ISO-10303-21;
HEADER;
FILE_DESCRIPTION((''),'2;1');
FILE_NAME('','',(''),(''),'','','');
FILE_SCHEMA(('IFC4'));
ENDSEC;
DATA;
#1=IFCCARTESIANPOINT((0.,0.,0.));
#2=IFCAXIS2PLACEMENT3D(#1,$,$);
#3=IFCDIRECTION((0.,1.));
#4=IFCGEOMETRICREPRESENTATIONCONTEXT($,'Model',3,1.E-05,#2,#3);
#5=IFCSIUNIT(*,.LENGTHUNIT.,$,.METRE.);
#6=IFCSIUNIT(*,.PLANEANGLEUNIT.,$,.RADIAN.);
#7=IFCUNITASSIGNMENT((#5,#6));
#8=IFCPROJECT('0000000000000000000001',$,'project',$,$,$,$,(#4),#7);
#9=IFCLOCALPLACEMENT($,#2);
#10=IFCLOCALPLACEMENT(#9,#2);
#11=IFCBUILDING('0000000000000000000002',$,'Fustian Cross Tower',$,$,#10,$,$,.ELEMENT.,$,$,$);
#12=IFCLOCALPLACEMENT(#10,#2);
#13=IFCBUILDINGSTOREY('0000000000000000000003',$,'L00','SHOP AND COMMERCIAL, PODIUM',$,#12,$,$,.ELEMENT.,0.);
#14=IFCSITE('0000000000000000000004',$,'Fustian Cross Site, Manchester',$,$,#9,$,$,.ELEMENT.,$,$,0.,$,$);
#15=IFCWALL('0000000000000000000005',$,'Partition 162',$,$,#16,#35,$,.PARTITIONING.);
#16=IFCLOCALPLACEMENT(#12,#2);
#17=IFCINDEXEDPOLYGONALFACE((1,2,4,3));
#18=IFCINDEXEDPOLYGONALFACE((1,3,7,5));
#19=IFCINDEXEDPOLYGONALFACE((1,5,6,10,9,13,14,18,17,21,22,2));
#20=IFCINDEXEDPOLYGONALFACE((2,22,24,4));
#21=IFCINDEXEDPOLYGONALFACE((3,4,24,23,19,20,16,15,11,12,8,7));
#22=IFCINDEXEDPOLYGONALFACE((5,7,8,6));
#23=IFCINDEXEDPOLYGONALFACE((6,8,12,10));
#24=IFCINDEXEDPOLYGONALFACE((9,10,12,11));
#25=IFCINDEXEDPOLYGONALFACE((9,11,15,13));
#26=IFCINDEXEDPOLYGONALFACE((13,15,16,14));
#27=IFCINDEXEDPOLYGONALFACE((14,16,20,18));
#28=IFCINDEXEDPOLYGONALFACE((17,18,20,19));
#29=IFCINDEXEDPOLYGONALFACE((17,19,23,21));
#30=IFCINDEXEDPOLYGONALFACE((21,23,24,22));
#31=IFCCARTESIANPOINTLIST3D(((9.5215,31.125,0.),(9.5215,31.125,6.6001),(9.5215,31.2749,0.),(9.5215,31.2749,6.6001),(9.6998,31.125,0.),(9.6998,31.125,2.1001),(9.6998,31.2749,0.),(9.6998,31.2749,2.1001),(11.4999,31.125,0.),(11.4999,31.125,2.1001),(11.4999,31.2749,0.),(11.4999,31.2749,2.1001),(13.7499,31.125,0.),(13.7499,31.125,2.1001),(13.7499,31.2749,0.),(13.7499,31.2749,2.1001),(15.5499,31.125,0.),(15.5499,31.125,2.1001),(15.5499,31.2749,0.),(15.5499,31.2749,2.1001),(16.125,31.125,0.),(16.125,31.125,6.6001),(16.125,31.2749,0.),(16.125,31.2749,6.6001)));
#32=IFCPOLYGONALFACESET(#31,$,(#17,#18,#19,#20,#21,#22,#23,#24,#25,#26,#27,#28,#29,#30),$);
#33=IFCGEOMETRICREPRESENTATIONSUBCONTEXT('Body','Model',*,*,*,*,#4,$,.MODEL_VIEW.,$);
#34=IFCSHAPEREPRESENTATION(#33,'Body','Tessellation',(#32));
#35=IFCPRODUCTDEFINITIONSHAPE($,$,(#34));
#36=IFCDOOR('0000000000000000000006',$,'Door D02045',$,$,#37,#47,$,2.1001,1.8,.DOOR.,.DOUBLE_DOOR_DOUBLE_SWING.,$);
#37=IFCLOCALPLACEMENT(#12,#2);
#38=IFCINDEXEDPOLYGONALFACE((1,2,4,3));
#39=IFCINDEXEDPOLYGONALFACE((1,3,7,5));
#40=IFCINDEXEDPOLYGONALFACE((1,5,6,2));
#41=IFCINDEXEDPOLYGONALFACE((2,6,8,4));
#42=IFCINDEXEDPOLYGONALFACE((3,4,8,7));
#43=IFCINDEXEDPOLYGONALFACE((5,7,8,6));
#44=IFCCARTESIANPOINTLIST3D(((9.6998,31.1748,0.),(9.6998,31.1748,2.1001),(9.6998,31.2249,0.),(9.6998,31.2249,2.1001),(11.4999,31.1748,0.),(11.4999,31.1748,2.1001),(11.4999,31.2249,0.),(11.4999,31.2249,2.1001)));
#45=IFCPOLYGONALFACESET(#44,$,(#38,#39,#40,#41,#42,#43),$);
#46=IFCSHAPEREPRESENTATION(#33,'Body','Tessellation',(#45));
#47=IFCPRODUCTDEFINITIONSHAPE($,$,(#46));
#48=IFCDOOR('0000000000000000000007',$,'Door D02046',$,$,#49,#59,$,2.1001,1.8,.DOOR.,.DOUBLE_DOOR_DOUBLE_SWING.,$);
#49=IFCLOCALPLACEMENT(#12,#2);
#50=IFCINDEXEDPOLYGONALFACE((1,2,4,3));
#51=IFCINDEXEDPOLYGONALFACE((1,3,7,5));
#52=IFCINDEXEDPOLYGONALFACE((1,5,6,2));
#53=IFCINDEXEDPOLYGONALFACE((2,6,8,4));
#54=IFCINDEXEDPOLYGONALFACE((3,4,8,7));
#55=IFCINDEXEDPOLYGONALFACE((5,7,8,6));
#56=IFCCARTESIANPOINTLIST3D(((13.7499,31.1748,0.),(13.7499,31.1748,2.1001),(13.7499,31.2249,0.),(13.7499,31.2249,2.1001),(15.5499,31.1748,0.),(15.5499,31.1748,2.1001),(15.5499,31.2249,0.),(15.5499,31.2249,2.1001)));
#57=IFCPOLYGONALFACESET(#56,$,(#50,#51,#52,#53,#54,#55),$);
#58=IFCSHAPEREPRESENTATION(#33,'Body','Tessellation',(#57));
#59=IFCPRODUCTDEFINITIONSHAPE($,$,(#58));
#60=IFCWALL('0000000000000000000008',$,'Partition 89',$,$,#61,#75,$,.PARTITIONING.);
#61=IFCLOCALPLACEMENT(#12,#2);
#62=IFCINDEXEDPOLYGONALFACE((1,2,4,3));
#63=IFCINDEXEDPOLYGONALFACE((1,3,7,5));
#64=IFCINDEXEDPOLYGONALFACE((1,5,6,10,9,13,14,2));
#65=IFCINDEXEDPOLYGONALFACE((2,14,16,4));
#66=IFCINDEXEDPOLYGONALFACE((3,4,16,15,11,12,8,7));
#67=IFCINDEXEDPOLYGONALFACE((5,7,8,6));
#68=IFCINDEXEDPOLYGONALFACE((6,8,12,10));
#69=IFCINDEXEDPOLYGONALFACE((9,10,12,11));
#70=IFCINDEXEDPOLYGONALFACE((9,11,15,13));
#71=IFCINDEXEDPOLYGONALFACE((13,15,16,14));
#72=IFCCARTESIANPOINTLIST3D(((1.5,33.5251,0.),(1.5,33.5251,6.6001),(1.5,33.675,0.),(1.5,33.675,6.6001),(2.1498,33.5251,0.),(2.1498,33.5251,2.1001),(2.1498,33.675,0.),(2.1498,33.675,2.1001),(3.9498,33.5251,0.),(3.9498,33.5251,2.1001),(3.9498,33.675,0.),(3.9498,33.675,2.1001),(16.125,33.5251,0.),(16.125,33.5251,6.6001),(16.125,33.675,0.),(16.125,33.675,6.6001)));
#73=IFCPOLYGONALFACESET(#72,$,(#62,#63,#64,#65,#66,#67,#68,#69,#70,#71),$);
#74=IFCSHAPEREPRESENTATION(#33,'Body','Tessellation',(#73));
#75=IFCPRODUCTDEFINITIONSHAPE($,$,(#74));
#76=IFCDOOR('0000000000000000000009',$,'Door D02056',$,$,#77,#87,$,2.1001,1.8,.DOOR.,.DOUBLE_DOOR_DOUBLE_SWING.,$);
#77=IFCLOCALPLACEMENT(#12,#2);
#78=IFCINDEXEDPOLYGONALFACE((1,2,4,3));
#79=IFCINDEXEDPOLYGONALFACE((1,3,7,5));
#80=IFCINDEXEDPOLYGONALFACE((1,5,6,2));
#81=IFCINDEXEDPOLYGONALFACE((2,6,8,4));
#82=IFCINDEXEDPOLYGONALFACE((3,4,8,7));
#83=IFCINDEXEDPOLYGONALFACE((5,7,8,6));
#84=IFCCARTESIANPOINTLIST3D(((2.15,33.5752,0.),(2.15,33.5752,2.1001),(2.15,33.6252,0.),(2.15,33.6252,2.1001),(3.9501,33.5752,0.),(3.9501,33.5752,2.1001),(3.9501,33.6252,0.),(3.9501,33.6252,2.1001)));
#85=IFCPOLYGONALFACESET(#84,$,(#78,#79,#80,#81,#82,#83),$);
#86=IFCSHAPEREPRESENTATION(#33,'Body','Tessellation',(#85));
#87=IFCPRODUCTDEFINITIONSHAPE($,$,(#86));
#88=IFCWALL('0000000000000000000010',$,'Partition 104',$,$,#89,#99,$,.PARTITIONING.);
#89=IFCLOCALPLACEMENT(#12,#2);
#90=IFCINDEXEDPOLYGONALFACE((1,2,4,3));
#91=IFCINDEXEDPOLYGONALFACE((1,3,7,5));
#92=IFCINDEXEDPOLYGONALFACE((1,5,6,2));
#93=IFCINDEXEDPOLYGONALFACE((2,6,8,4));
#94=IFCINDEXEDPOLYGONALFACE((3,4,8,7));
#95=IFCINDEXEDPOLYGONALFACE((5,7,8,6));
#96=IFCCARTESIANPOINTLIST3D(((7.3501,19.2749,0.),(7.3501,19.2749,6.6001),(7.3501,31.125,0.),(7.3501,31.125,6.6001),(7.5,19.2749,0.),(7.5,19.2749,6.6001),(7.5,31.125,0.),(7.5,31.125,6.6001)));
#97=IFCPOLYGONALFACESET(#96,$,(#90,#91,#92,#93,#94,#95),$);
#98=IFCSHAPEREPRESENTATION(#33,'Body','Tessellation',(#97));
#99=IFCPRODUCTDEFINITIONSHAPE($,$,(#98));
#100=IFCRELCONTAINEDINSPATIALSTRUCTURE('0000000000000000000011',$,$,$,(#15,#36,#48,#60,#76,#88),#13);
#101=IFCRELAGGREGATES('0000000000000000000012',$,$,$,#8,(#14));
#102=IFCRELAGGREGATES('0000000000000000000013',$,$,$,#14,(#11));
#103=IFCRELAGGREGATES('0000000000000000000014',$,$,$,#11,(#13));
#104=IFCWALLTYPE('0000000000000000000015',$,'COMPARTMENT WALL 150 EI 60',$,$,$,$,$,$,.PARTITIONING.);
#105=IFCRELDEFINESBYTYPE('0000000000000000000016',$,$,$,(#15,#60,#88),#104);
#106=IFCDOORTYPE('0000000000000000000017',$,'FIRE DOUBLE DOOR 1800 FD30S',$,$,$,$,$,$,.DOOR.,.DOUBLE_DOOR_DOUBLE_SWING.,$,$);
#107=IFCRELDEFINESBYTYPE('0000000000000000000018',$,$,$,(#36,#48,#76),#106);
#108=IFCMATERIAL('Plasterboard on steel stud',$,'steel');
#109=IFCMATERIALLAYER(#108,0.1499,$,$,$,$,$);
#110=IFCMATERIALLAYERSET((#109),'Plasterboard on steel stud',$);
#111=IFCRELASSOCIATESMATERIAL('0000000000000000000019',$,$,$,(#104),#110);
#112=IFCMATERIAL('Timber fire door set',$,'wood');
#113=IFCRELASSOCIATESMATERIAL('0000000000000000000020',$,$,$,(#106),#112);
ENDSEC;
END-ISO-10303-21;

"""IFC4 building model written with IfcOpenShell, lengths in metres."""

from ifc_helpers import new_model, si_unit, direction, frame, frame_2d, origin, place, context, subcontext, project, spatial, rectangle, extrude, material, layer, layer_set, type_object, element, fill, save


model = new_model("IFC4")

# Units and contexts
model_context = context("Model", 3, precision=1e-05, world=origin(), true_north=direction((0.0, 1.0)))
body_context = subcontext(model_context, "Body", "Model", "MODEL_VIEW")
ifc_project = project(units=[si_unit("LENGTHUNIT", "METRE"), si_unit("PLANEANGLEUNIT", "RADIAN")], contexts=[model_context])

# Site, building, storey
site_placement = place(None, origin())
site = spatial("IfcSite", under=ifc_project, at=site_placement, Name="Fustian Cross Site, Manchester", CompositionType="ELEMENT", RefElevation=0.0)
building_placement = place(site_placement, origin())
building = spatial("IfcBuilding", under=site, at=building_placement, Name="Fustian Cross Tower", CompositionType="ELEMENT")
storey_placement = place(building_placement, origin())
storey = spatial("IfcBuildingStorey", under=building, at=storey_placement, Name="L00", Description="SHOP AND COMMERCIAL, PODIUM", CompositionType="ELEMENT", Elevation=0.0)

# Shared definitions
ifc_material_1 = material(Name="Plasterboard on steel stud", Category="steel")
ifc_layer = layer(ifc_material_1, 0.1499)
ifc_layer_set = layer_set([ifc_layer], Name="Plasterboard on steel stud")
wall_type = type_object("IfcWallType", Name="COMPARTMENT WALL 150 EI 60", PredefinedType="PARTITIONING", material=ifc_layer_set)
ifc_material_2 = material(Name="Timber fire door set", Category="wood")
door_type_1 = type_object("IfcDoorType", Name="FIRE DOUBLE DOOR 1800 FD30S", OperationType="DOUBLE_DOOR_DOUBLE_SWING", PredefinedType="DOOR", material=ifc_material_2)

# Wall, openings, doors
wall_1_placement = place(storey_placement, frame((9.5215, 31.2, 0.0), z_axis=(0.0, 0.0, 1.0), x_axis=(1.0, 0.0, 0.0)))
wall_1 = element("IfcWall", 1, at=wall_1_placement, inside=storey, type_object=wall_type, Name="Partition 162", PredefinedType="PARTITIONING", context=body_context, shape_type="SweptSolid", body=[
    extrude(rectangle(XDim=6.6035, YDim=0.1499, at=frame_2d((3.3018, 0.0))), origin(), (0.0, 0.0, 1.0), 6.6001),
])
opening_1_placement = place(wall_1_placement, frame((0.1785, 0.0, 0.0)))
opening_1 = element("IfcOpeningElement", 2, at=opening_1_placement, cuts=wall_1, PredefinedType="OPENING", context=body_context, shape_type="SweptSolid", body=[
    extrude(rectangle(XDim=1.8, YDim=2.1001, at=frame_2d((0.8999, 1.05))), frame((0.0, 0.085, 0.0), z_axis=(0.0, -1.0, 0.0), x_axis=(1.0, 0.0, 0.0)), (0.0, 0.0, 1.0), 0.1699),
])
opening_2_placement = place(wall_1_placement, frame((4.2285, 0.0, 0.0)))
opening_2 = element("IfcOpeningElement", 3, at=opening_2_placement, cuts=wall_1, PredefinedType="OPENING", context=body_context, shape_type="SweptSolid", body=[
    extrude(rectangle(XDim=1.8, YDim=2.1001, at=frame_2d((0.8999, 1.05))), frame((0.0, 0.085, 0.0), z_axis=(0.0, -1.0, 0.0), x_axis=(1.0, 0.0, 0.0)), (0.0, 0.0, 1.0), 0.1699),
])
door_1_placement = place(opening_1_placement, origin())
door_1 = element("IfcDoor", 4, at=door_1_placement, inside=storey, type_object=door_type_1, Name="Door D02045", OperationType="DOUBLE_DOOR_DOUBLE_SWING", OverallHeight=2.1001, OverallWidth=1.8, PredefinedType="DOOR", context=body_context, shape_type="SweptSolid", body=[
    extrude(rectangle(XDim=1.8, YDim=2.1001, at=frame_2d((0.8999, 1.05))), frame((0.0, 0.0249, 0.0), z_axis=(0.0, -1.0, 0.0), x_axis=(1.0, 0.0, 0.0)), (0.0, 0.0, 1.0), 0.05),
])
fill(opening_1, door_1)
door_2_placement = place(opening_2_placement, origin())
door_2 = element("IfcDoor", 5, at=door_2_placement, inside=storey, type_object=door_type_1, Name="Door D02046", OperationType="DOUBLE_DOOR_DOUBLE_SWING", OverallHeight=2.1001, OverallWidth=1.8, PredefinedType="DOOR", context=body_context, shape_type="SweptSolid", body=[
    extrude(rectangle(XDim=1.8, YDim=2.1001, at=frame_2d((0.8999, 1.05))), frame((0.0, 0.0249, 0.0), z_axis=(0.0, -1.0, 0.0), x_axis=(1.0, 0.0, 0.0)), (0.0, 0.0, 1.0), 0.05),
])
fill(opening_2, door_2)

# Wall, opening, door
wall_2_placement = place(storey_placement, frame((1.5, 33.6001, 0.0), z_axis=(0.0, 0.0, 1.0), x_axis=(1.0, 0.0, 0.0)))
wall_2 = element("IfcWall", 6, at=wall_2_placement, inside=storey, type_object=wall_type, Name="Partition 89", PredefinedType="PARTITIONING", context=body_context, shape_type="SweptSolid", body=[
    extrude(rectangle(XDim=14.625, YDim=0.1499, at=frame_2d((7.3125, 0.0))), origin(), (0.0, 0.0, 1.0), 6.6001),
])
opening_3_placement = place(wall_2_placement, frame((0.6499, 0.0, 0.0)))
opening_3 = element("IfcOpeningElement", 7, at=opening_3_placement, cuts=wall_2, PredefinedType="OPENING", context=body_context, shape_type="SweptSolid", body=[
    extrude(rectangle(XDim=1.8, YDim=2.1001, at=frame_2d((0.8999, 1.05))), frame((0.0, 0.085, 0.0), z_axis=(0.0, -1.0, 0.0), x_axis=(1.0, 0.0, 0.0)), (0.0, 0.0, 1.0), 0.1699),
])
door_3_placement = place(opening_3_placement, frame((1.8, 0.0, 0.0), z_axis=(0.0, 0.0, 1.0), x_axis=(-1.0, 0.0, 0.0)))
door_3 = element("IfcDoor", 8, at=door_3_placement, inside=storey, type_object=door_type_1, Name="Door D02056", OperationType="DOUBLE_DOOR_DOUBLE_SWING", OverallHeight=2.1001, OverallWidth=1.8, PredefinedType="DOOR", context=body_context, shape_type="SweptSolid", body=[
    extrude(rectangle(XDim=1.8, YDim=2.1001, at=frame_2d((0.8999, 1.05))), frame((0.0, 0.0249, 0.0), z_axis=(0.0, -1.0, 0.0), x_axis=(1.0, 0.0, 0.0)), (0.0, 0.0, 1.0), 0.05),
])
fill(opening_3, door_3)

# Wall
wall_3_placement = place(storey_placement, frame((7.425, 19.2749, 0.0), z_axis=(0.0, 0.0, 1.0), x_axis=(0.0, 1.0, 0.0)))
element("IfcWall", 9, at=wall_3_placement, inside=storey, type_object=wall_type, Name="Partition 104", PredefinedType="PARTITIONING", context=body_context, shape_type="SweptSolid", body=[
    extrude(rectangle(XDim=11.8501, YDim=0.1499, at=frame_2d((5.925, 0.0))), origin(), (0.0, 0.0, 1.0), 6.6001),
])

save(model, "model.ifc")
